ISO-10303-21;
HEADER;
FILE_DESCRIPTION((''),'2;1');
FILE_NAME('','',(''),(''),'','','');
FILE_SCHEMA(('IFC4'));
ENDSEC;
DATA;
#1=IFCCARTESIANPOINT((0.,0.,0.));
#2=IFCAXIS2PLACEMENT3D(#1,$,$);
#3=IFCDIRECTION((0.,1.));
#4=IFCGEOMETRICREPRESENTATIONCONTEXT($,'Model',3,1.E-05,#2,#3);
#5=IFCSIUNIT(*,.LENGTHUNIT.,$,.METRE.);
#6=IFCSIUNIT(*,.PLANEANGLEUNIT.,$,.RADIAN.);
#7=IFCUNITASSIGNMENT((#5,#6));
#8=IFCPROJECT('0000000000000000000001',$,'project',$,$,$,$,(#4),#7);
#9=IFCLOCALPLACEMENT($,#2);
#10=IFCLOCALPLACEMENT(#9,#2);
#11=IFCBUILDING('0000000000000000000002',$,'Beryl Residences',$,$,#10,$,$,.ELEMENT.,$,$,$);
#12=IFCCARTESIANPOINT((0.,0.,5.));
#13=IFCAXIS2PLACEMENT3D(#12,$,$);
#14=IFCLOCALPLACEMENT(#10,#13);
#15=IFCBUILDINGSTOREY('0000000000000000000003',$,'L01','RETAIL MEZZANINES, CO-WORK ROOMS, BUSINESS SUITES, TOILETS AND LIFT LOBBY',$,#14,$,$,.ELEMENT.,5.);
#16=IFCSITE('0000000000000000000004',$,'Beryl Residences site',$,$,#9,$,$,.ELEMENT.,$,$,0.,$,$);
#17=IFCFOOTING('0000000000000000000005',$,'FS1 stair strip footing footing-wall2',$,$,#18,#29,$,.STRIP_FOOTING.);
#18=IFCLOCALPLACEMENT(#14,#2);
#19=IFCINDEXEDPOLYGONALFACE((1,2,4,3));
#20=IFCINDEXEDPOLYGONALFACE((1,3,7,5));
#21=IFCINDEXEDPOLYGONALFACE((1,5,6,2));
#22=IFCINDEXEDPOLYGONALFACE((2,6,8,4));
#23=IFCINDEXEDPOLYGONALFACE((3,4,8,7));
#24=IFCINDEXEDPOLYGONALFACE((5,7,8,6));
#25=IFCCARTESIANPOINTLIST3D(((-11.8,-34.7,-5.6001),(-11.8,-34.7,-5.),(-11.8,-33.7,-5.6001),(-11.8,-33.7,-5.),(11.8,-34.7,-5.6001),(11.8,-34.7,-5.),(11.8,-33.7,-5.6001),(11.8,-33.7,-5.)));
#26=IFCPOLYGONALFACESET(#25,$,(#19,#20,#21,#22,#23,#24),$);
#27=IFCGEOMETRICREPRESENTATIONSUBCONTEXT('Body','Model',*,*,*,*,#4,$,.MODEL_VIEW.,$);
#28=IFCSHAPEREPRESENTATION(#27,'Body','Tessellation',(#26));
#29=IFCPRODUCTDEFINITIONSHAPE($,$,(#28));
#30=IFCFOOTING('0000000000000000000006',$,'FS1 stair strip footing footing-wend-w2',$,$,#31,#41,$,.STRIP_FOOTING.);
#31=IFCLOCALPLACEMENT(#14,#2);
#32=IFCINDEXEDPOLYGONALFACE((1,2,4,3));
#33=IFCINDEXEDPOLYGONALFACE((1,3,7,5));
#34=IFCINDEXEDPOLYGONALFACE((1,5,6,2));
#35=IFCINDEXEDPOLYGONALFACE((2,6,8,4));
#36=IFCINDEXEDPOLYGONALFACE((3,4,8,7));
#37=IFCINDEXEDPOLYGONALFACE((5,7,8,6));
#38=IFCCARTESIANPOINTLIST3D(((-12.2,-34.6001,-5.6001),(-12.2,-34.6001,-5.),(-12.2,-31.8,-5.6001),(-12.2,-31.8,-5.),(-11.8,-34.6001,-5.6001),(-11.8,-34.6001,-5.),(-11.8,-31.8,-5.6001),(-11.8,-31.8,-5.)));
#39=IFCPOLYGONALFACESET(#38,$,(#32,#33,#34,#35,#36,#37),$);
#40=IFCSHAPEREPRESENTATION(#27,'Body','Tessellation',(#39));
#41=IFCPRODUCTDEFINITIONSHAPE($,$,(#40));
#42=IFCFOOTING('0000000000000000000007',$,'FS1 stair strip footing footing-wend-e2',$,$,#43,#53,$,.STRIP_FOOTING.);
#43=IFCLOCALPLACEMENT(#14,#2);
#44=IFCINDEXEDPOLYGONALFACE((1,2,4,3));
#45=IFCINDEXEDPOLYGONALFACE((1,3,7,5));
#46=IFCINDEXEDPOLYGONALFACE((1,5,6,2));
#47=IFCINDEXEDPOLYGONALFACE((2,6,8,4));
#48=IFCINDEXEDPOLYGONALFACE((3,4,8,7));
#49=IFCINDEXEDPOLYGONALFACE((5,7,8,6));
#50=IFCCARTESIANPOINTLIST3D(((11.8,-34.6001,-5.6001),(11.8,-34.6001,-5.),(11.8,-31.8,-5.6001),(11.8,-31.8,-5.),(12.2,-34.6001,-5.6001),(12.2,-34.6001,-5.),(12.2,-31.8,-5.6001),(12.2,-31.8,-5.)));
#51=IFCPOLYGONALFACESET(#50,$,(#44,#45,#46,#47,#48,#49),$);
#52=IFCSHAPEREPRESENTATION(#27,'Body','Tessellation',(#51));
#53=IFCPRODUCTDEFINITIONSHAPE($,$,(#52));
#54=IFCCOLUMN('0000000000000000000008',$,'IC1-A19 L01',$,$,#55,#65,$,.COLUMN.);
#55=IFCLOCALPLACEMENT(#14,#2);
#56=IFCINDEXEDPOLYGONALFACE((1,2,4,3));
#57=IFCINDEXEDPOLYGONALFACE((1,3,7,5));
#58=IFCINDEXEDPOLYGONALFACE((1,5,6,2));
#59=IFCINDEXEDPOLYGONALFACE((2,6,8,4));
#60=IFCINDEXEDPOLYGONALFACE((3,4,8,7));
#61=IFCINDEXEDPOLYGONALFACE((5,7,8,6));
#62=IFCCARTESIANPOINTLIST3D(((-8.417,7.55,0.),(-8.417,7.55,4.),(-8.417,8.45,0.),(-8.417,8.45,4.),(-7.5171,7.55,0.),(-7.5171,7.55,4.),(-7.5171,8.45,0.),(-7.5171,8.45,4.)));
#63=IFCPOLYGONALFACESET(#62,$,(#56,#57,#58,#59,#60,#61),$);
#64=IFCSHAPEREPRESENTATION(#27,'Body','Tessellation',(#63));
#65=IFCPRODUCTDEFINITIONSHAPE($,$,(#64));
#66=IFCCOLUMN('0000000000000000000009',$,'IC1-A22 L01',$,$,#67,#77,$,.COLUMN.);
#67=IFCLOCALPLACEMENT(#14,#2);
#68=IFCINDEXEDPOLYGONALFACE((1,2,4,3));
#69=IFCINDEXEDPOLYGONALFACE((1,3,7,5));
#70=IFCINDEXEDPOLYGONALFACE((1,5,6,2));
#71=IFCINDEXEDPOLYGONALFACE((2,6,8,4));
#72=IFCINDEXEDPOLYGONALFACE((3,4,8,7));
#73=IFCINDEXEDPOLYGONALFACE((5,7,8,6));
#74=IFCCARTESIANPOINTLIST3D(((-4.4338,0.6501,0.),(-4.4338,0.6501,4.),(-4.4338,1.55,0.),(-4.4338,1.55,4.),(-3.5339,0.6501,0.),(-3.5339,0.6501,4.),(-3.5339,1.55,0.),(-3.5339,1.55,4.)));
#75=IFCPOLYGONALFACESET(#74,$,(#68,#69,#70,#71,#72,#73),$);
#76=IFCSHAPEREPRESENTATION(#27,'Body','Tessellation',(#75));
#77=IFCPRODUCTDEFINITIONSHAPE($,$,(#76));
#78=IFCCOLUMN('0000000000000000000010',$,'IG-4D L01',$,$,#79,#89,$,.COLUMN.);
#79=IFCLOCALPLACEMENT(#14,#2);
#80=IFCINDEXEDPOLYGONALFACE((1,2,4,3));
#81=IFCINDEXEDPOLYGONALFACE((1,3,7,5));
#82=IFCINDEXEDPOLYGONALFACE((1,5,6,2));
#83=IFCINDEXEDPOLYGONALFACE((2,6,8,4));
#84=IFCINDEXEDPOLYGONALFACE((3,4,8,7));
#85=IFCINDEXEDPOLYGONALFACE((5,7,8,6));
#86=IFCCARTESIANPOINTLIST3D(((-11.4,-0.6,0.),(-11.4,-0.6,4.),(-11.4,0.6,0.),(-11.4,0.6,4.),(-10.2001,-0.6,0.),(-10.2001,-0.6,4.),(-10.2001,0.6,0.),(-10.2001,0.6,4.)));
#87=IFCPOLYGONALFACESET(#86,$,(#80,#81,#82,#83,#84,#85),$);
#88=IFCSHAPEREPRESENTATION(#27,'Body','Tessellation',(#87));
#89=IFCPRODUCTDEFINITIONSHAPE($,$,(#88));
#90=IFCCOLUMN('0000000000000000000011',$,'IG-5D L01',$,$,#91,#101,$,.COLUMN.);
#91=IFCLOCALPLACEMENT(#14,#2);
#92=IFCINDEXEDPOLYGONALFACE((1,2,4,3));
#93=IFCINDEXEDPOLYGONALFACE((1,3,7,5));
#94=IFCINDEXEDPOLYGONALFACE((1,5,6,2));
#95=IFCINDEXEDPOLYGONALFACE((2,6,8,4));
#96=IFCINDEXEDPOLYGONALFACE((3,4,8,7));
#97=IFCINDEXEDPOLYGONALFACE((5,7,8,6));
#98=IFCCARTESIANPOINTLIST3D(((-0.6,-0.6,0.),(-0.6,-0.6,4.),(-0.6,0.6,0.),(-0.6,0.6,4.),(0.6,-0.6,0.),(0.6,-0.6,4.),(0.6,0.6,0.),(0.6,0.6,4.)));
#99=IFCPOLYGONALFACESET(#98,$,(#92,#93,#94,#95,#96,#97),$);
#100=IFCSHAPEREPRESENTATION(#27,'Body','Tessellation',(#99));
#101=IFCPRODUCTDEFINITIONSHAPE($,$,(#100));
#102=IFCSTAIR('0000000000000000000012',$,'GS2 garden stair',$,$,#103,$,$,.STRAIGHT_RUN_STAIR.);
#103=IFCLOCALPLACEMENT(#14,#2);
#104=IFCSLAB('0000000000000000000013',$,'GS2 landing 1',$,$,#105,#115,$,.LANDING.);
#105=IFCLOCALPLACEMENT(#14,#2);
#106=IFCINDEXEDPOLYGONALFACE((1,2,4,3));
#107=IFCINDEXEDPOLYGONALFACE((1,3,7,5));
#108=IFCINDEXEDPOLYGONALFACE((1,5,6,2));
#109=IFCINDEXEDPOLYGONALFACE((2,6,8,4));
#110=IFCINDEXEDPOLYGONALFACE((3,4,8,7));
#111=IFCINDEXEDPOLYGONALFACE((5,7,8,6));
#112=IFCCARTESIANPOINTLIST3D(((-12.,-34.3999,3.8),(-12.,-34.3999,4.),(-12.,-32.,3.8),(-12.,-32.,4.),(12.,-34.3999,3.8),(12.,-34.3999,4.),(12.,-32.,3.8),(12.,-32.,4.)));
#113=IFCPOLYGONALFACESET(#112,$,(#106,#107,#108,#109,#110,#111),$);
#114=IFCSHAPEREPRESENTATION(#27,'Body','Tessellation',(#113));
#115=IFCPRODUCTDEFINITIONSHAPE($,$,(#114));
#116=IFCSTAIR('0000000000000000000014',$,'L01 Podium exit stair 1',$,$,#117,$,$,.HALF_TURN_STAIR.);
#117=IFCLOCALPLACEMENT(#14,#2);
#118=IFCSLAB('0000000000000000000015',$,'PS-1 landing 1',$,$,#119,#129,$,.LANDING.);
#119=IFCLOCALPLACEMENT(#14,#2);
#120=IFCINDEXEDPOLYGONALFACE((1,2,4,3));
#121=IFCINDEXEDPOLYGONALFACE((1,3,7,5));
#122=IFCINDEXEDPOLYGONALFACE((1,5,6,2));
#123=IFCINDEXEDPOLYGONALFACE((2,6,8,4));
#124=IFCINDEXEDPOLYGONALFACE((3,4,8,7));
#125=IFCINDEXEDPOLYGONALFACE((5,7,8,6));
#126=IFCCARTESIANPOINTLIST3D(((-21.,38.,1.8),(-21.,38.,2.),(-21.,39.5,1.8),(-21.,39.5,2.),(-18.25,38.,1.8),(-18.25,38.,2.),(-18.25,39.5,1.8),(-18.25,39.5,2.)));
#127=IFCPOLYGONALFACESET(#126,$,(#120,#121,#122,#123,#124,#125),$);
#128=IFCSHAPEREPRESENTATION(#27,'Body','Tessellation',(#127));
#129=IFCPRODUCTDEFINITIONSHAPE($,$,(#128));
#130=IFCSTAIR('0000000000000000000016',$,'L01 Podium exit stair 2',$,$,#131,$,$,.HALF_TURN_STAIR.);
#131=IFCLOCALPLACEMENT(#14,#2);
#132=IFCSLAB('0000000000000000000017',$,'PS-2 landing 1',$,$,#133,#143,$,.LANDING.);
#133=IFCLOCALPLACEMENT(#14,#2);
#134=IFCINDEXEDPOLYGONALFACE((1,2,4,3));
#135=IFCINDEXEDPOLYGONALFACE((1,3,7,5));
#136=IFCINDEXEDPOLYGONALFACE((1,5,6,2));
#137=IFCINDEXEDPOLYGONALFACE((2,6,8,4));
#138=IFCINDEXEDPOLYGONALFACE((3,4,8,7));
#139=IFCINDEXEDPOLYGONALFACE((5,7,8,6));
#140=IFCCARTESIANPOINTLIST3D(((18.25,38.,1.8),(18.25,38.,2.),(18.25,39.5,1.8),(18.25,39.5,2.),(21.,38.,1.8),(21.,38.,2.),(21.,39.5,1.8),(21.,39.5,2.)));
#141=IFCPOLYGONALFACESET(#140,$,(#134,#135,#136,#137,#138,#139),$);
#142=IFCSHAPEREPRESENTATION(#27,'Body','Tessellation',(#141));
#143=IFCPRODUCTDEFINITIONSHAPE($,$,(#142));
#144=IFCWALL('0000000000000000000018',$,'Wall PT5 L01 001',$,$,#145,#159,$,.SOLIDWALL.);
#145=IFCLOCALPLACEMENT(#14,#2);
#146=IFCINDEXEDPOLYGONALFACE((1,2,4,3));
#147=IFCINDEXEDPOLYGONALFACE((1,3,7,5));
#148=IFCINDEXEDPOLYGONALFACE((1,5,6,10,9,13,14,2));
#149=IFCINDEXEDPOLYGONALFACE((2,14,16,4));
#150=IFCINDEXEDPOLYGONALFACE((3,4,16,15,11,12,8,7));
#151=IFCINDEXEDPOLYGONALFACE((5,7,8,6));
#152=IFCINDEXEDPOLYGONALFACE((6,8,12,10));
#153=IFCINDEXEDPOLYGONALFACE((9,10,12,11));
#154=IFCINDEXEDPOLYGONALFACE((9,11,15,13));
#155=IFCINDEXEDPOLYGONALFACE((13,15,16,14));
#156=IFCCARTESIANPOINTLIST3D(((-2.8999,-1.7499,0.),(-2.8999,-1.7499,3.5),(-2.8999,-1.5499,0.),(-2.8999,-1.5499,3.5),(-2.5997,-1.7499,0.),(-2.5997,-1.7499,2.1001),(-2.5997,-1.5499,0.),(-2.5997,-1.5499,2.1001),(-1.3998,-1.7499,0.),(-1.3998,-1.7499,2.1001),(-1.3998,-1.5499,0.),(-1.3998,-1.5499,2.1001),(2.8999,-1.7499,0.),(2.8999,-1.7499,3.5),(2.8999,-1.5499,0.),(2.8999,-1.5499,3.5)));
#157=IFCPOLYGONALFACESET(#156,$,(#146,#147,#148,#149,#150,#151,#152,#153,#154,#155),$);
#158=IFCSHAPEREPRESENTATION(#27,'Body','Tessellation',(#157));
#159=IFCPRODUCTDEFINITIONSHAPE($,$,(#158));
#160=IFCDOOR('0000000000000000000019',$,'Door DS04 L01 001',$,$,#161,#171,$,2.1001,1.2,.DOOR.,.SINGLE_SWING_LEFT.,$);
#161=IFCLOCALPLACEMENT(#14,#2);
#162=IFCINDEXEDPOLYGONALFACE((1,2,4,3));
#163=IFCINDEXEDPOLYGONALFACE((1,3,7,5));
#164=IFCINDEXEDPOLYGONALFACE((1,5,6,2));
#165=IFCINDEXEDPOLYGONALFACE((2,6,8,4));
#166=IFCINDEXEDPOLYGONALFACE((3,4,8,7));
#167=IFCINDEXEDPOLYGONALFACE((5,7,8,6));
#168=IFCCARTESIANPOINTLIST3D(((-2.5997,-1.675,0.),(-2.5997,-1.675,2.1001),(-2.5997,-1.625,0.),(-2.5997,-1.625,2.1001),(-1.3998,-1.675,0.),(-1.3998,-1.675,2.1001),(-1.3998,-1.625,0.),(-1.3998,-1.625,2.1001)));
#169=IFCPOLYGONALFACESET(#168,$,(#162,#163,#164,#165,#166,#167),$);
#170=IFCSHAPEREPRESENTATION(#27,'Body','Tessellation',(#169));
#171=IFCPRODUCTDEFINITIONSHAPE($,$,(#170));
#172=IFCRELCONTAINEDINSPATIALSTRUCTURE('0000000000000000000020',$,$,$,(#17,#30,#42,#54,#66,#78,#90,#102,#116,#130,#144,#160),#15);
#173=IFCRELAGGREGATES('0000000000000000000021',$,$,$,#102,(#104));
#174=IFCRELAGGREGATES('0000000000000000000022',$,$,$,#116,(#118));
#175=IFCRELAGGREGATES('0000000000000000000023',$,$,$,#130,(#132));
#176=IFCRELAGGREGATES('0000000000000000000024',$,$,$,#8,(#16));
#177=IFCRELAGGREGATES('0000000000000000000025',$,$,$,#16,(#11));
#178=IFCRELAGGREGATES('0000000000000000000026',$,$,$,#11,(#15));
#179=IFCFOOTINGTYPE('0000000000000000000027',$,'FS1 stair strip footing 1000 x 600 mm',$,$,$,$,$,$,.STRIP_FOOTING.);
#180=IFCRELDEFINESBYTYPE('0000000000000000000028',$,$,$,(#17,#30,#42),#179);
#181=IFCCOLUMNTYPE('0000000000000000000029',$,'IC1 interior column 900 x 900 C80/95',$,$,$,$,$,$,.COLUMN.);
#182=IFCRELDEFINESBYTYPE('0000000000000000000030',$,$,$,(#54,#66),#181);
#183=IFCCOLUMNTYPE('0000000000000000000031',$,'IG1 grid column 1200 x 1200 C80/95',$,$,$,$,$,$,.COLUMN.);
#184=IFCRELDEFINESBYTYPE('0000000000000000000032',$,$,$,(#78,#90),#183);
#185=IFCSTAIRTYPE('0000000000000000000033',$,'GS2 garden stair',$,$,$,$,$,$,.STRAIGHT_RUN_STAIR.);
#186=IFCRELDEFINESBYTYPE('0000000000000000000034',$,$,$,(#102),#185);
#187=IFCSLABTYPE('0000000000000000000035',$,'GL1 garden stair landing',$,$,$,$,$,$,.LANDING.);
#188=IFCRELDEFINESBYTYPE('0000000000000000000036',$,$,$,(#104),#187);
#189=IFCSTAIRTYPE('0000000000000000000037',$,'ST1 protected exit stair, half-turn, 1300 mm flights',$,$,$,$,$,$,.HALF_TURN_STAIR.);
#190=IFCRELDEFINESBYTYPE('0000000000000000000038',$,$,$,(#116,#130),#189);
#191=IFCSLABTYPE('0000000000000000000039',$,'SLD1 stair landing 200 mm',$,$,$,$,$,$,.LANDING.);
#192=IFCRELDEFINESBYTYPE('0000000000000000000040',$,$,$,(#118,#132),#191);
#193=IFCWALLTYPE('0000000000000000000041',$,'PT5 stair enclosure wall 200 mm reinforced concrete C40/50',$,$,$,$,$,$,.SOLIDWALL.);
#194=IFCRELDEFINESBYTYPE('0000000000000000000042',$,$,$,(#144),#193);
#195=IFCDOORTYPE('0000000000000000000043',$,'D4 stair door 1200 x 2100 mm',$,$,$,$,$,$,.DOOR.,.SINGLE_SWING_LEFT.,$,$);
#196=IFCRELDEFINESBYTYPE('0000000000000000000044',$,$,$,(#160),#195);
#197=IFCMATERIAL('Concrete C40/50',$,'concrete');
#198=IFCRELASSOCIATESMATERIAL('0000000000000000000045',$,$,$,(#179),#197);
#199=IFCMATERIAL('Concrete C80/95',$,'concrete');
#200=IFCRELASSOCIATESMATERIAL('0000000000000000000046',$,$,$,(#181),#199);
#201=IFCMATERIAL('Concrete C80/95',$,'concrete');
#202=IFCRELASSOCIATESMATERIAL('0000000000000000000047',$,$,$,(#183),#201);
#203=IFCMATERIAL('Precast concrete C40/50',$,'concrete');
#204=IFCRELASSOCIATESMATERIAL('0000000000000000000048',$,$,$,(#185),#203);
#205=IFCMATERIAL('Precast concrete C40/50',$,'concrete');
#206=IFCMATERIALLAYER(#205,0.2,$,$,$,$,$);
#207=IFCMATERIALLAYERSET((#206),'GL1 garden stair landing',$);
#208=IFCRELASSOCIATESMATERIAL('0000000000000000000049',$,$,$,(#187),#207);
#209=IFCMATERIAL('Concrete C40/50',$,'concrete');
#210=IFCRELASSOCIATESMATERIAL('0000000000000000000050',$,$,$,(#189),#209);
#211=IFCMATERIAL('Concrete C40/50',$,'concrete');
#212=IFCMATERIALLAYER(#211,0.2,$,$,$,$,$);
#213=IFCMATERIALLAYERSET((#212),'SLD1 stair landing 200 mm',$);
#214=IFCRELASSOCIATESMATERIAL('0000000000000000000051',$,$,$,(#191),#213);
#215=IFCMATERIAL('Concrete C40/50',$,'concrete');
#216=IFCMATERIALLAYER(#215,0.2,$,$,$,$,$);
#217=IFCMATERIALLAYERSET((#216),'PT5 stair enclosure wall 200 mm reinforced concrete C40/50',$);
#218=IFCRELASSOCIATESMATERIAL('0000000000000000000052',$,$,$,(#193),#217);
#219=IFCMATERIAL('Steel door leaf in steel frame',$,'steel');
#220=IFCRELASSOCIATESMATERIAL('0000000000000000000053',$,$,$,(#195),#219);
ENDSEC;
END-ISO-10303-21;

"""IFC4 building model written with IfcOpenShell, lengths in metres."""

from ifc_helpers import new_model, si_unit, direction, frame, frame_2d, origin, origin_2d, place, context, subcontext, project, spatial, polyline, rectangle, outline, extrude, material, layer, layer_set, material_profile, profile_set, type_object, element, fill, aggregate, save


model = new_model("IFC4")

# Units and contexts
model_context = context("Model", 3, precision=1e-05, world=origin(), true_north=direction((0.0, 1.0)))
body_context = subcontext(model_context, "Body", "Model", "MODEL_VIEW")
ifc_project = project(units=[si_unit("LENGTHUNIT", "METRE"), si_unit("PLANEANGLEUNIT", "RADIAN")], contexts=[model_context])

# Site, building, storey
site_placement = place(None, origin())
site = spatial("IfcSite", under=ifc_project, at=site_placement, Name="Beryl Residences site", CompositionType="ELEMENT", RefElevation=0.0)
building_placement = place(site_placement, origin())
building = spatial("IfcBuilding", under=site, at=building_placement, Name="Beryl Residences", CompositionType="ELEMENT")
storey_placement = place(building_placement, frame((0.0, 0.0, 5.0)))
storey = spatial("IfcBuildingStorey", under=building, at=storey_placement, Name="L01", Description="RETAIL MEZZANINES, CO-WORK ROOMS, BUSINESS SUITES, TOILETS AND LIFT LOBBY", CompositionType="ELEMENT", Elevation=5.0)

# Footings
ifc_material_1 = material(Name="Concrete C40/50", Category="concrete")
footing_type = type_object("IfcFootingType", Name="FS1 stair strip footing 1000 x 600 mm", PredefinedType="STRIP_FOOTING", material=ifc_material_1)
footing_1_placement = place(storey_placement, frame((0.0, 0.0, -5.6001)))
element("IfcFooting", 1, at=footing_1_placement, inside=storey, type_object=footing_type, Name="FS1 stair strip footing footing-wall2", PredefinedType="STRIP_FOOTING", context=body_context, shape_type="SweptSolid", body=[
    extrude(outline(polyline([(-11.8, -34.7), (11.8, -34.7), (11.8, -33.7), (-11.8, -33.7), (-11.8, -34.7)])), origin(), (0.0, 0.0, 1.0), 0.6001),
])
footing_2_placement = place(storey_placement, frame((0.0, 0.0, -5.6001)))
element("IfcFooting", 2, at=footing_2_placement, inside=storey, type_object=footing_type, Name="FS1 stair strip footing footing-wend-w2", PredefinedType="STRIP_FOOTING", context=body_context, shape_type="SweptSolid", body=[
    extrude(outline(polyline([(-12.2, -34.6001), (-11.8, -34.6001), (-11.8, -31.8), (-12.2, -31.8), (-12.2, -34.6001)])), origin(), (0.0, 0.0, 1.0), 0.6001),
])
footing_3_placement = place(storey_placement, frame((0.0, 0.0, -5.6001)))
element("IfcFooting", 3, at=footing_3_placement, inside=storey, type_object=footing_type, Name="FS1 stair strip footing footing-wend-e2", PredefinedType="STRIP_FOOTING", context=body_context, shape_type="SweptSolid", body=[
    extrude(outline(polyline([(11.8, -34.6001), (12.2, -34.6001), (12.2, -31.8), (11.8, -31.8), (11.8, -34.6001)])), origin(), (0.0, 0.0, 1.0), 0.6001),
])

# Columns
ifc_material_2 = material(Name="Concrete C80/95", Category="concrete")
ifc_material_profile_1 = material_profile(ifc_material_2, rectangle(XDim=0.8999, YDim=0.8999, at=origin_2d()))
ifc_profile_set_1 = profile_set([ifc_material_profile_1], Name="Concrete C80/95")
column_type_1 = type_object("IfcColumnType", Name="IC1 interior column 900 x 900 C80/95", PredefinedType="COLUMN", material=ifc_profile_set_1)
for number, where, z_axis, x_axis, name in (
    (4, (-7.967, 8.0, 0.0), (0.0, 0.0, 1.0), (1.0, 0.0, 0.0), "IC1-A19 L01"),
    (5, (-3.9839, 1.1001, 0.0), (0.0, 0.0, 1.0), (1.0, 0.0, 0.0), "IC1-A22 L01"),
):
    element("IfcColumn", number, at=place(storey_placement, frame(where, z_axis=z_axis, x_axis=x_axis)), inside=storey, type_object=column_type_1, Name=name, PredefinedType="COLUMN", context=body_context, shape_type="SweptSolid", body=[
        extrude(rectangle(XDim=0.8999, YDim=0.8999, at=origin_2d()), origin(), (0.0, 0.0, 1.0), 4.0),
    ])
ifc_material_3 = material(Name="Concrete C80/95", Category="concrete")
ifc_material_profile_2 = material_profile(ifc_material_3, rectangle(XDim=1.2, YDim=1.2, at=origin_2d()))
ifc_profile_set_2 = profile_set([ifc_material_profile_2], Name="Concrete C80/95")
column_type_2 = type_object("IfcColumnType", Name="IG1 grid column 1200 x 1200 C80/95", PredefinedType="COLUMN", material=ifc_profile_set_2)
for number, where, z_axis, x_axis, name in (
    (6, (-10.8, 0.0, 0.0), (0.0, 0.0, 1.0), (1.0, 0.0, 0.0), "IG-4D L01"),
    (7, (0.0, 0.0, 0.0), (0.0, 0.0, 1.0), (1.0, 0.0, 0.0), "IG-5D L01"),
):
    element("IfcColumn", number, at=place(storey_placement, frame(where, z_axis=z_axis, x_axis=x_axis)), inside=storey, type_object=column_type_2, Name=name, PredefinedType="COLUMN", context=body_context, shape_type="SweptSolid", body=[
        extrude(rectangle(XDim=1.2, YDim=1.2, at=origin_2d()), origin(), (0.0, 0.0, 1.0), 4.0),
    ])

# Stair, slab
ifc_material_4 = material(Name="Precast concrete C40/50", Category="concrete")
stair_type_1 = type_object("IfcStairType", Name="GS2 garden stair", PredefinedType="STRAIGHT_RUN_STAIR", material=ifc_material_4)
stair_1_placement = place(storey_placement, origin())
stair_1 = element("IfcStair", 8, at=stair_1_placement, inside=storey, type_object=stair_type_1, Name="GS2 garden stair", PredefinedType="STRAIGHT_RUN_STAIR")
ifc_material_5 = material(Name="Precast concrete C40/50", Category="concrete")
ifc_layer_1 = layer(ifc_material_5, 0.2)
ifc_layer_set_1 = layer_set([ifc_layer_1], Name="GL1 garden stair landing")
slab_type_1 = type_object("IfcSlabType", Name="GL1 garden stair landing", PredefinedType="LANDING", material=ifc_layer_set_1)
slab_1_placement = place(storey_placement, frame((0.0, 0.0, 3.8)))
slab_1 = element("IfcSlab", 9, at=slab_1_placement, type_object=slab_type_1, Name="GS2 landing 1", PredefinedType="LANDING", context=body_context, shape_type="SweptSolid", body=[
    extrude(outline(polyline([(-12.0, -34.3999), (12.0, -34.3999), (12.0, -32.0), (-12.0, -32.0), (-12.0, -34.3999)])), origin(), (0.0, 0.0, 1.0), 0.2),
])
aggregate(stair_1, [slab_1])

# Stairs, slabs
ifc_material_6 = material(Name="Concrete C40/50", Category="concrete")
stair_type_2 = type_object("IfcStairType", Name="ST1 protected exit stair, half-turn, 1300 mm flights", PredefinedType="HALF_TURN_STAIR", material=ifc_material_6)
stair_2_placement = place(storey_placement, origin())
stair_2 = element("IfcStair", 10, at=stair_2_placement, inside=storey, type_object=stair_type_2, Name="L01 Podium exit stair 1", PredefinedType="HALF_TURN_STAIR")
ifc_material_7 = material(Name="Concrete C40/50", Category="concrete")
ifc_layer_2 = layer(ifc_material_7, 0.2)
ifc_layer_set_2 = layer_set([ifc_layer_2], Name="SLD1 stair landing 200 mm")
slab_type_2 = type_object("IfcSlabType", Name="SLD1 stair landing 200 mm", PredefinedType="LANDING", material=ifc_layer_set_2)
slab_2_placement = place(storey_placement, frame((0.0, 0.0, 1.8)))
slab_2 = element("IfcSlab", 11, at=slab_2_placement, type_object=slab_type_2, Name="PS-1 landing 1", PredefinedType="LANDING", context=body_context, shape_type="SweptSolid", body=[
    extrude(outline(polyline([(-18.25, 38.0), (-18.25, 39.5), (-21.0, 39.5), (-21.0, 38.0), (-18.25, 38.0)])), origin(), (0.0, 0.0, 1.0), 0.2),
])
aggregate(stair_2, [slab_2])
stair_3_placement = place(storey_placement, origin())
stair_3 = element("IfcStair", 12, at=stair_3_placement, inside=storey, type_object=stair_type_2, Name="L01 Podium exit stair 2", PredefinedType="HALF_TURN_STAIR")
slab_3_placement = place(storey_placement, frame((0.0, 0.0, 1.8)))
slab_3 = element("IfcSlab", 13, at=slab_3_placement, type_object=slab_type_2, Name="PS-2 landing 1", PredefinedType="LANDING", context=body_context, shape_type="SweptSolid", body=[
    extrude(outline(polyline([(21.0, 38.0), (21.0, 39.5), (18.25, 39.5), (18.25, 38.0), (21.0, 38.0)])), origin(), (0.0, 0.0, 1.0), 0.2),
])
aggregate(stair_3, [slab_3])

# Wall, opening, door
ifc_material_8 = material(Name="Concrete C40/50", Category="concrete")
ifc_layer_3 = layer(ifc_material_8, 0.2)
ifc_layer_set_3 = layer_set([ifc_layer_3], Name="PT5 stair enclosure wall 200 mm reinforced concrete C40/50")
wall_type = type_object("IfcWallType", Name="PT5 stair enclosure wall 200 mm reinforced concrete C40/50", PredefinedType="SOLIDWALL", material=ifc_layer_set_3)
wall_placement = place(storey_placement, frame((-2.8999, -1.6499, 0.0), z_axis=(0.0, 0.0, 1.0), x_axis=(1.0, 0.0, 0.0)))
wall = element("IfcWall", 14, at=wall_placement, inside=storey, type_object=wall_type, Name="Wall PT5 L01 001", PredefinedType="SOLIDWALL", context=body_context, shape_type="SweptSolid", body=[
    extrude(rectangle(XDim=5.7998, YDim=0.2, at=frame_2d((2.8999, 0.0))), origin(), (0.0, 0.0, 1.0), 3.5),
])
opening_placement = place(wall_placement, frame((0.3, 0.0, 0.0)))
opening = element("IfcOpeningElement", 15, at=opening_placement, cuts=wall, PredefinedType="OPENING", context=body_context, shape_type="SweptSolid", body=[
    extrude(rectangle(XDim=1.2, YDim=2.1001, at=frame_2d((0.6001, 1.05))), frame((0.0, 0.1099, 0.0), z_axis=(0.0, -1.0, 0.0), x_axis=(1.0, 0.0, 0.0)), (0.0, 0.0, 1.0), 0.22),
])
ifc_material_9 = material(Name="Steel door leaf in steel frame", Category="steel")
door_type = type_object("IfcDoorType", Name="D4 stair door 1200 x 2100 mm", OperationType="SINGLE_SWING_LEFT", PredefinedType="DOOR", material=ifc_material_9)
door_placement = place(opening_placement, origin())
door = element("IfcDoor", 16, at=door_placement, inside=storey, type_object=door_type, Name="Door DS04 L01 001", OperationType="SINGLE_SWING_LEFT", OverallHeight=2.1001, OverallWidth=1.2, PredefinedType="DOOR", context=body_context, shape_type="SweptSolid", body=[
    extrude(rectangle(XDim=1.2, YDim=2.1001, at=frame_2d((0.6001, 1.05))), frame((0.0, 0.0249, 0.0), z_axis=(0.0, -1.0, 0.0), x_axis=(1.0, 0.0, 0.0)), (0.0, 0.0, 1.0), 0.05),
])
fill(opening, door)

save(model, "model.ifc")
